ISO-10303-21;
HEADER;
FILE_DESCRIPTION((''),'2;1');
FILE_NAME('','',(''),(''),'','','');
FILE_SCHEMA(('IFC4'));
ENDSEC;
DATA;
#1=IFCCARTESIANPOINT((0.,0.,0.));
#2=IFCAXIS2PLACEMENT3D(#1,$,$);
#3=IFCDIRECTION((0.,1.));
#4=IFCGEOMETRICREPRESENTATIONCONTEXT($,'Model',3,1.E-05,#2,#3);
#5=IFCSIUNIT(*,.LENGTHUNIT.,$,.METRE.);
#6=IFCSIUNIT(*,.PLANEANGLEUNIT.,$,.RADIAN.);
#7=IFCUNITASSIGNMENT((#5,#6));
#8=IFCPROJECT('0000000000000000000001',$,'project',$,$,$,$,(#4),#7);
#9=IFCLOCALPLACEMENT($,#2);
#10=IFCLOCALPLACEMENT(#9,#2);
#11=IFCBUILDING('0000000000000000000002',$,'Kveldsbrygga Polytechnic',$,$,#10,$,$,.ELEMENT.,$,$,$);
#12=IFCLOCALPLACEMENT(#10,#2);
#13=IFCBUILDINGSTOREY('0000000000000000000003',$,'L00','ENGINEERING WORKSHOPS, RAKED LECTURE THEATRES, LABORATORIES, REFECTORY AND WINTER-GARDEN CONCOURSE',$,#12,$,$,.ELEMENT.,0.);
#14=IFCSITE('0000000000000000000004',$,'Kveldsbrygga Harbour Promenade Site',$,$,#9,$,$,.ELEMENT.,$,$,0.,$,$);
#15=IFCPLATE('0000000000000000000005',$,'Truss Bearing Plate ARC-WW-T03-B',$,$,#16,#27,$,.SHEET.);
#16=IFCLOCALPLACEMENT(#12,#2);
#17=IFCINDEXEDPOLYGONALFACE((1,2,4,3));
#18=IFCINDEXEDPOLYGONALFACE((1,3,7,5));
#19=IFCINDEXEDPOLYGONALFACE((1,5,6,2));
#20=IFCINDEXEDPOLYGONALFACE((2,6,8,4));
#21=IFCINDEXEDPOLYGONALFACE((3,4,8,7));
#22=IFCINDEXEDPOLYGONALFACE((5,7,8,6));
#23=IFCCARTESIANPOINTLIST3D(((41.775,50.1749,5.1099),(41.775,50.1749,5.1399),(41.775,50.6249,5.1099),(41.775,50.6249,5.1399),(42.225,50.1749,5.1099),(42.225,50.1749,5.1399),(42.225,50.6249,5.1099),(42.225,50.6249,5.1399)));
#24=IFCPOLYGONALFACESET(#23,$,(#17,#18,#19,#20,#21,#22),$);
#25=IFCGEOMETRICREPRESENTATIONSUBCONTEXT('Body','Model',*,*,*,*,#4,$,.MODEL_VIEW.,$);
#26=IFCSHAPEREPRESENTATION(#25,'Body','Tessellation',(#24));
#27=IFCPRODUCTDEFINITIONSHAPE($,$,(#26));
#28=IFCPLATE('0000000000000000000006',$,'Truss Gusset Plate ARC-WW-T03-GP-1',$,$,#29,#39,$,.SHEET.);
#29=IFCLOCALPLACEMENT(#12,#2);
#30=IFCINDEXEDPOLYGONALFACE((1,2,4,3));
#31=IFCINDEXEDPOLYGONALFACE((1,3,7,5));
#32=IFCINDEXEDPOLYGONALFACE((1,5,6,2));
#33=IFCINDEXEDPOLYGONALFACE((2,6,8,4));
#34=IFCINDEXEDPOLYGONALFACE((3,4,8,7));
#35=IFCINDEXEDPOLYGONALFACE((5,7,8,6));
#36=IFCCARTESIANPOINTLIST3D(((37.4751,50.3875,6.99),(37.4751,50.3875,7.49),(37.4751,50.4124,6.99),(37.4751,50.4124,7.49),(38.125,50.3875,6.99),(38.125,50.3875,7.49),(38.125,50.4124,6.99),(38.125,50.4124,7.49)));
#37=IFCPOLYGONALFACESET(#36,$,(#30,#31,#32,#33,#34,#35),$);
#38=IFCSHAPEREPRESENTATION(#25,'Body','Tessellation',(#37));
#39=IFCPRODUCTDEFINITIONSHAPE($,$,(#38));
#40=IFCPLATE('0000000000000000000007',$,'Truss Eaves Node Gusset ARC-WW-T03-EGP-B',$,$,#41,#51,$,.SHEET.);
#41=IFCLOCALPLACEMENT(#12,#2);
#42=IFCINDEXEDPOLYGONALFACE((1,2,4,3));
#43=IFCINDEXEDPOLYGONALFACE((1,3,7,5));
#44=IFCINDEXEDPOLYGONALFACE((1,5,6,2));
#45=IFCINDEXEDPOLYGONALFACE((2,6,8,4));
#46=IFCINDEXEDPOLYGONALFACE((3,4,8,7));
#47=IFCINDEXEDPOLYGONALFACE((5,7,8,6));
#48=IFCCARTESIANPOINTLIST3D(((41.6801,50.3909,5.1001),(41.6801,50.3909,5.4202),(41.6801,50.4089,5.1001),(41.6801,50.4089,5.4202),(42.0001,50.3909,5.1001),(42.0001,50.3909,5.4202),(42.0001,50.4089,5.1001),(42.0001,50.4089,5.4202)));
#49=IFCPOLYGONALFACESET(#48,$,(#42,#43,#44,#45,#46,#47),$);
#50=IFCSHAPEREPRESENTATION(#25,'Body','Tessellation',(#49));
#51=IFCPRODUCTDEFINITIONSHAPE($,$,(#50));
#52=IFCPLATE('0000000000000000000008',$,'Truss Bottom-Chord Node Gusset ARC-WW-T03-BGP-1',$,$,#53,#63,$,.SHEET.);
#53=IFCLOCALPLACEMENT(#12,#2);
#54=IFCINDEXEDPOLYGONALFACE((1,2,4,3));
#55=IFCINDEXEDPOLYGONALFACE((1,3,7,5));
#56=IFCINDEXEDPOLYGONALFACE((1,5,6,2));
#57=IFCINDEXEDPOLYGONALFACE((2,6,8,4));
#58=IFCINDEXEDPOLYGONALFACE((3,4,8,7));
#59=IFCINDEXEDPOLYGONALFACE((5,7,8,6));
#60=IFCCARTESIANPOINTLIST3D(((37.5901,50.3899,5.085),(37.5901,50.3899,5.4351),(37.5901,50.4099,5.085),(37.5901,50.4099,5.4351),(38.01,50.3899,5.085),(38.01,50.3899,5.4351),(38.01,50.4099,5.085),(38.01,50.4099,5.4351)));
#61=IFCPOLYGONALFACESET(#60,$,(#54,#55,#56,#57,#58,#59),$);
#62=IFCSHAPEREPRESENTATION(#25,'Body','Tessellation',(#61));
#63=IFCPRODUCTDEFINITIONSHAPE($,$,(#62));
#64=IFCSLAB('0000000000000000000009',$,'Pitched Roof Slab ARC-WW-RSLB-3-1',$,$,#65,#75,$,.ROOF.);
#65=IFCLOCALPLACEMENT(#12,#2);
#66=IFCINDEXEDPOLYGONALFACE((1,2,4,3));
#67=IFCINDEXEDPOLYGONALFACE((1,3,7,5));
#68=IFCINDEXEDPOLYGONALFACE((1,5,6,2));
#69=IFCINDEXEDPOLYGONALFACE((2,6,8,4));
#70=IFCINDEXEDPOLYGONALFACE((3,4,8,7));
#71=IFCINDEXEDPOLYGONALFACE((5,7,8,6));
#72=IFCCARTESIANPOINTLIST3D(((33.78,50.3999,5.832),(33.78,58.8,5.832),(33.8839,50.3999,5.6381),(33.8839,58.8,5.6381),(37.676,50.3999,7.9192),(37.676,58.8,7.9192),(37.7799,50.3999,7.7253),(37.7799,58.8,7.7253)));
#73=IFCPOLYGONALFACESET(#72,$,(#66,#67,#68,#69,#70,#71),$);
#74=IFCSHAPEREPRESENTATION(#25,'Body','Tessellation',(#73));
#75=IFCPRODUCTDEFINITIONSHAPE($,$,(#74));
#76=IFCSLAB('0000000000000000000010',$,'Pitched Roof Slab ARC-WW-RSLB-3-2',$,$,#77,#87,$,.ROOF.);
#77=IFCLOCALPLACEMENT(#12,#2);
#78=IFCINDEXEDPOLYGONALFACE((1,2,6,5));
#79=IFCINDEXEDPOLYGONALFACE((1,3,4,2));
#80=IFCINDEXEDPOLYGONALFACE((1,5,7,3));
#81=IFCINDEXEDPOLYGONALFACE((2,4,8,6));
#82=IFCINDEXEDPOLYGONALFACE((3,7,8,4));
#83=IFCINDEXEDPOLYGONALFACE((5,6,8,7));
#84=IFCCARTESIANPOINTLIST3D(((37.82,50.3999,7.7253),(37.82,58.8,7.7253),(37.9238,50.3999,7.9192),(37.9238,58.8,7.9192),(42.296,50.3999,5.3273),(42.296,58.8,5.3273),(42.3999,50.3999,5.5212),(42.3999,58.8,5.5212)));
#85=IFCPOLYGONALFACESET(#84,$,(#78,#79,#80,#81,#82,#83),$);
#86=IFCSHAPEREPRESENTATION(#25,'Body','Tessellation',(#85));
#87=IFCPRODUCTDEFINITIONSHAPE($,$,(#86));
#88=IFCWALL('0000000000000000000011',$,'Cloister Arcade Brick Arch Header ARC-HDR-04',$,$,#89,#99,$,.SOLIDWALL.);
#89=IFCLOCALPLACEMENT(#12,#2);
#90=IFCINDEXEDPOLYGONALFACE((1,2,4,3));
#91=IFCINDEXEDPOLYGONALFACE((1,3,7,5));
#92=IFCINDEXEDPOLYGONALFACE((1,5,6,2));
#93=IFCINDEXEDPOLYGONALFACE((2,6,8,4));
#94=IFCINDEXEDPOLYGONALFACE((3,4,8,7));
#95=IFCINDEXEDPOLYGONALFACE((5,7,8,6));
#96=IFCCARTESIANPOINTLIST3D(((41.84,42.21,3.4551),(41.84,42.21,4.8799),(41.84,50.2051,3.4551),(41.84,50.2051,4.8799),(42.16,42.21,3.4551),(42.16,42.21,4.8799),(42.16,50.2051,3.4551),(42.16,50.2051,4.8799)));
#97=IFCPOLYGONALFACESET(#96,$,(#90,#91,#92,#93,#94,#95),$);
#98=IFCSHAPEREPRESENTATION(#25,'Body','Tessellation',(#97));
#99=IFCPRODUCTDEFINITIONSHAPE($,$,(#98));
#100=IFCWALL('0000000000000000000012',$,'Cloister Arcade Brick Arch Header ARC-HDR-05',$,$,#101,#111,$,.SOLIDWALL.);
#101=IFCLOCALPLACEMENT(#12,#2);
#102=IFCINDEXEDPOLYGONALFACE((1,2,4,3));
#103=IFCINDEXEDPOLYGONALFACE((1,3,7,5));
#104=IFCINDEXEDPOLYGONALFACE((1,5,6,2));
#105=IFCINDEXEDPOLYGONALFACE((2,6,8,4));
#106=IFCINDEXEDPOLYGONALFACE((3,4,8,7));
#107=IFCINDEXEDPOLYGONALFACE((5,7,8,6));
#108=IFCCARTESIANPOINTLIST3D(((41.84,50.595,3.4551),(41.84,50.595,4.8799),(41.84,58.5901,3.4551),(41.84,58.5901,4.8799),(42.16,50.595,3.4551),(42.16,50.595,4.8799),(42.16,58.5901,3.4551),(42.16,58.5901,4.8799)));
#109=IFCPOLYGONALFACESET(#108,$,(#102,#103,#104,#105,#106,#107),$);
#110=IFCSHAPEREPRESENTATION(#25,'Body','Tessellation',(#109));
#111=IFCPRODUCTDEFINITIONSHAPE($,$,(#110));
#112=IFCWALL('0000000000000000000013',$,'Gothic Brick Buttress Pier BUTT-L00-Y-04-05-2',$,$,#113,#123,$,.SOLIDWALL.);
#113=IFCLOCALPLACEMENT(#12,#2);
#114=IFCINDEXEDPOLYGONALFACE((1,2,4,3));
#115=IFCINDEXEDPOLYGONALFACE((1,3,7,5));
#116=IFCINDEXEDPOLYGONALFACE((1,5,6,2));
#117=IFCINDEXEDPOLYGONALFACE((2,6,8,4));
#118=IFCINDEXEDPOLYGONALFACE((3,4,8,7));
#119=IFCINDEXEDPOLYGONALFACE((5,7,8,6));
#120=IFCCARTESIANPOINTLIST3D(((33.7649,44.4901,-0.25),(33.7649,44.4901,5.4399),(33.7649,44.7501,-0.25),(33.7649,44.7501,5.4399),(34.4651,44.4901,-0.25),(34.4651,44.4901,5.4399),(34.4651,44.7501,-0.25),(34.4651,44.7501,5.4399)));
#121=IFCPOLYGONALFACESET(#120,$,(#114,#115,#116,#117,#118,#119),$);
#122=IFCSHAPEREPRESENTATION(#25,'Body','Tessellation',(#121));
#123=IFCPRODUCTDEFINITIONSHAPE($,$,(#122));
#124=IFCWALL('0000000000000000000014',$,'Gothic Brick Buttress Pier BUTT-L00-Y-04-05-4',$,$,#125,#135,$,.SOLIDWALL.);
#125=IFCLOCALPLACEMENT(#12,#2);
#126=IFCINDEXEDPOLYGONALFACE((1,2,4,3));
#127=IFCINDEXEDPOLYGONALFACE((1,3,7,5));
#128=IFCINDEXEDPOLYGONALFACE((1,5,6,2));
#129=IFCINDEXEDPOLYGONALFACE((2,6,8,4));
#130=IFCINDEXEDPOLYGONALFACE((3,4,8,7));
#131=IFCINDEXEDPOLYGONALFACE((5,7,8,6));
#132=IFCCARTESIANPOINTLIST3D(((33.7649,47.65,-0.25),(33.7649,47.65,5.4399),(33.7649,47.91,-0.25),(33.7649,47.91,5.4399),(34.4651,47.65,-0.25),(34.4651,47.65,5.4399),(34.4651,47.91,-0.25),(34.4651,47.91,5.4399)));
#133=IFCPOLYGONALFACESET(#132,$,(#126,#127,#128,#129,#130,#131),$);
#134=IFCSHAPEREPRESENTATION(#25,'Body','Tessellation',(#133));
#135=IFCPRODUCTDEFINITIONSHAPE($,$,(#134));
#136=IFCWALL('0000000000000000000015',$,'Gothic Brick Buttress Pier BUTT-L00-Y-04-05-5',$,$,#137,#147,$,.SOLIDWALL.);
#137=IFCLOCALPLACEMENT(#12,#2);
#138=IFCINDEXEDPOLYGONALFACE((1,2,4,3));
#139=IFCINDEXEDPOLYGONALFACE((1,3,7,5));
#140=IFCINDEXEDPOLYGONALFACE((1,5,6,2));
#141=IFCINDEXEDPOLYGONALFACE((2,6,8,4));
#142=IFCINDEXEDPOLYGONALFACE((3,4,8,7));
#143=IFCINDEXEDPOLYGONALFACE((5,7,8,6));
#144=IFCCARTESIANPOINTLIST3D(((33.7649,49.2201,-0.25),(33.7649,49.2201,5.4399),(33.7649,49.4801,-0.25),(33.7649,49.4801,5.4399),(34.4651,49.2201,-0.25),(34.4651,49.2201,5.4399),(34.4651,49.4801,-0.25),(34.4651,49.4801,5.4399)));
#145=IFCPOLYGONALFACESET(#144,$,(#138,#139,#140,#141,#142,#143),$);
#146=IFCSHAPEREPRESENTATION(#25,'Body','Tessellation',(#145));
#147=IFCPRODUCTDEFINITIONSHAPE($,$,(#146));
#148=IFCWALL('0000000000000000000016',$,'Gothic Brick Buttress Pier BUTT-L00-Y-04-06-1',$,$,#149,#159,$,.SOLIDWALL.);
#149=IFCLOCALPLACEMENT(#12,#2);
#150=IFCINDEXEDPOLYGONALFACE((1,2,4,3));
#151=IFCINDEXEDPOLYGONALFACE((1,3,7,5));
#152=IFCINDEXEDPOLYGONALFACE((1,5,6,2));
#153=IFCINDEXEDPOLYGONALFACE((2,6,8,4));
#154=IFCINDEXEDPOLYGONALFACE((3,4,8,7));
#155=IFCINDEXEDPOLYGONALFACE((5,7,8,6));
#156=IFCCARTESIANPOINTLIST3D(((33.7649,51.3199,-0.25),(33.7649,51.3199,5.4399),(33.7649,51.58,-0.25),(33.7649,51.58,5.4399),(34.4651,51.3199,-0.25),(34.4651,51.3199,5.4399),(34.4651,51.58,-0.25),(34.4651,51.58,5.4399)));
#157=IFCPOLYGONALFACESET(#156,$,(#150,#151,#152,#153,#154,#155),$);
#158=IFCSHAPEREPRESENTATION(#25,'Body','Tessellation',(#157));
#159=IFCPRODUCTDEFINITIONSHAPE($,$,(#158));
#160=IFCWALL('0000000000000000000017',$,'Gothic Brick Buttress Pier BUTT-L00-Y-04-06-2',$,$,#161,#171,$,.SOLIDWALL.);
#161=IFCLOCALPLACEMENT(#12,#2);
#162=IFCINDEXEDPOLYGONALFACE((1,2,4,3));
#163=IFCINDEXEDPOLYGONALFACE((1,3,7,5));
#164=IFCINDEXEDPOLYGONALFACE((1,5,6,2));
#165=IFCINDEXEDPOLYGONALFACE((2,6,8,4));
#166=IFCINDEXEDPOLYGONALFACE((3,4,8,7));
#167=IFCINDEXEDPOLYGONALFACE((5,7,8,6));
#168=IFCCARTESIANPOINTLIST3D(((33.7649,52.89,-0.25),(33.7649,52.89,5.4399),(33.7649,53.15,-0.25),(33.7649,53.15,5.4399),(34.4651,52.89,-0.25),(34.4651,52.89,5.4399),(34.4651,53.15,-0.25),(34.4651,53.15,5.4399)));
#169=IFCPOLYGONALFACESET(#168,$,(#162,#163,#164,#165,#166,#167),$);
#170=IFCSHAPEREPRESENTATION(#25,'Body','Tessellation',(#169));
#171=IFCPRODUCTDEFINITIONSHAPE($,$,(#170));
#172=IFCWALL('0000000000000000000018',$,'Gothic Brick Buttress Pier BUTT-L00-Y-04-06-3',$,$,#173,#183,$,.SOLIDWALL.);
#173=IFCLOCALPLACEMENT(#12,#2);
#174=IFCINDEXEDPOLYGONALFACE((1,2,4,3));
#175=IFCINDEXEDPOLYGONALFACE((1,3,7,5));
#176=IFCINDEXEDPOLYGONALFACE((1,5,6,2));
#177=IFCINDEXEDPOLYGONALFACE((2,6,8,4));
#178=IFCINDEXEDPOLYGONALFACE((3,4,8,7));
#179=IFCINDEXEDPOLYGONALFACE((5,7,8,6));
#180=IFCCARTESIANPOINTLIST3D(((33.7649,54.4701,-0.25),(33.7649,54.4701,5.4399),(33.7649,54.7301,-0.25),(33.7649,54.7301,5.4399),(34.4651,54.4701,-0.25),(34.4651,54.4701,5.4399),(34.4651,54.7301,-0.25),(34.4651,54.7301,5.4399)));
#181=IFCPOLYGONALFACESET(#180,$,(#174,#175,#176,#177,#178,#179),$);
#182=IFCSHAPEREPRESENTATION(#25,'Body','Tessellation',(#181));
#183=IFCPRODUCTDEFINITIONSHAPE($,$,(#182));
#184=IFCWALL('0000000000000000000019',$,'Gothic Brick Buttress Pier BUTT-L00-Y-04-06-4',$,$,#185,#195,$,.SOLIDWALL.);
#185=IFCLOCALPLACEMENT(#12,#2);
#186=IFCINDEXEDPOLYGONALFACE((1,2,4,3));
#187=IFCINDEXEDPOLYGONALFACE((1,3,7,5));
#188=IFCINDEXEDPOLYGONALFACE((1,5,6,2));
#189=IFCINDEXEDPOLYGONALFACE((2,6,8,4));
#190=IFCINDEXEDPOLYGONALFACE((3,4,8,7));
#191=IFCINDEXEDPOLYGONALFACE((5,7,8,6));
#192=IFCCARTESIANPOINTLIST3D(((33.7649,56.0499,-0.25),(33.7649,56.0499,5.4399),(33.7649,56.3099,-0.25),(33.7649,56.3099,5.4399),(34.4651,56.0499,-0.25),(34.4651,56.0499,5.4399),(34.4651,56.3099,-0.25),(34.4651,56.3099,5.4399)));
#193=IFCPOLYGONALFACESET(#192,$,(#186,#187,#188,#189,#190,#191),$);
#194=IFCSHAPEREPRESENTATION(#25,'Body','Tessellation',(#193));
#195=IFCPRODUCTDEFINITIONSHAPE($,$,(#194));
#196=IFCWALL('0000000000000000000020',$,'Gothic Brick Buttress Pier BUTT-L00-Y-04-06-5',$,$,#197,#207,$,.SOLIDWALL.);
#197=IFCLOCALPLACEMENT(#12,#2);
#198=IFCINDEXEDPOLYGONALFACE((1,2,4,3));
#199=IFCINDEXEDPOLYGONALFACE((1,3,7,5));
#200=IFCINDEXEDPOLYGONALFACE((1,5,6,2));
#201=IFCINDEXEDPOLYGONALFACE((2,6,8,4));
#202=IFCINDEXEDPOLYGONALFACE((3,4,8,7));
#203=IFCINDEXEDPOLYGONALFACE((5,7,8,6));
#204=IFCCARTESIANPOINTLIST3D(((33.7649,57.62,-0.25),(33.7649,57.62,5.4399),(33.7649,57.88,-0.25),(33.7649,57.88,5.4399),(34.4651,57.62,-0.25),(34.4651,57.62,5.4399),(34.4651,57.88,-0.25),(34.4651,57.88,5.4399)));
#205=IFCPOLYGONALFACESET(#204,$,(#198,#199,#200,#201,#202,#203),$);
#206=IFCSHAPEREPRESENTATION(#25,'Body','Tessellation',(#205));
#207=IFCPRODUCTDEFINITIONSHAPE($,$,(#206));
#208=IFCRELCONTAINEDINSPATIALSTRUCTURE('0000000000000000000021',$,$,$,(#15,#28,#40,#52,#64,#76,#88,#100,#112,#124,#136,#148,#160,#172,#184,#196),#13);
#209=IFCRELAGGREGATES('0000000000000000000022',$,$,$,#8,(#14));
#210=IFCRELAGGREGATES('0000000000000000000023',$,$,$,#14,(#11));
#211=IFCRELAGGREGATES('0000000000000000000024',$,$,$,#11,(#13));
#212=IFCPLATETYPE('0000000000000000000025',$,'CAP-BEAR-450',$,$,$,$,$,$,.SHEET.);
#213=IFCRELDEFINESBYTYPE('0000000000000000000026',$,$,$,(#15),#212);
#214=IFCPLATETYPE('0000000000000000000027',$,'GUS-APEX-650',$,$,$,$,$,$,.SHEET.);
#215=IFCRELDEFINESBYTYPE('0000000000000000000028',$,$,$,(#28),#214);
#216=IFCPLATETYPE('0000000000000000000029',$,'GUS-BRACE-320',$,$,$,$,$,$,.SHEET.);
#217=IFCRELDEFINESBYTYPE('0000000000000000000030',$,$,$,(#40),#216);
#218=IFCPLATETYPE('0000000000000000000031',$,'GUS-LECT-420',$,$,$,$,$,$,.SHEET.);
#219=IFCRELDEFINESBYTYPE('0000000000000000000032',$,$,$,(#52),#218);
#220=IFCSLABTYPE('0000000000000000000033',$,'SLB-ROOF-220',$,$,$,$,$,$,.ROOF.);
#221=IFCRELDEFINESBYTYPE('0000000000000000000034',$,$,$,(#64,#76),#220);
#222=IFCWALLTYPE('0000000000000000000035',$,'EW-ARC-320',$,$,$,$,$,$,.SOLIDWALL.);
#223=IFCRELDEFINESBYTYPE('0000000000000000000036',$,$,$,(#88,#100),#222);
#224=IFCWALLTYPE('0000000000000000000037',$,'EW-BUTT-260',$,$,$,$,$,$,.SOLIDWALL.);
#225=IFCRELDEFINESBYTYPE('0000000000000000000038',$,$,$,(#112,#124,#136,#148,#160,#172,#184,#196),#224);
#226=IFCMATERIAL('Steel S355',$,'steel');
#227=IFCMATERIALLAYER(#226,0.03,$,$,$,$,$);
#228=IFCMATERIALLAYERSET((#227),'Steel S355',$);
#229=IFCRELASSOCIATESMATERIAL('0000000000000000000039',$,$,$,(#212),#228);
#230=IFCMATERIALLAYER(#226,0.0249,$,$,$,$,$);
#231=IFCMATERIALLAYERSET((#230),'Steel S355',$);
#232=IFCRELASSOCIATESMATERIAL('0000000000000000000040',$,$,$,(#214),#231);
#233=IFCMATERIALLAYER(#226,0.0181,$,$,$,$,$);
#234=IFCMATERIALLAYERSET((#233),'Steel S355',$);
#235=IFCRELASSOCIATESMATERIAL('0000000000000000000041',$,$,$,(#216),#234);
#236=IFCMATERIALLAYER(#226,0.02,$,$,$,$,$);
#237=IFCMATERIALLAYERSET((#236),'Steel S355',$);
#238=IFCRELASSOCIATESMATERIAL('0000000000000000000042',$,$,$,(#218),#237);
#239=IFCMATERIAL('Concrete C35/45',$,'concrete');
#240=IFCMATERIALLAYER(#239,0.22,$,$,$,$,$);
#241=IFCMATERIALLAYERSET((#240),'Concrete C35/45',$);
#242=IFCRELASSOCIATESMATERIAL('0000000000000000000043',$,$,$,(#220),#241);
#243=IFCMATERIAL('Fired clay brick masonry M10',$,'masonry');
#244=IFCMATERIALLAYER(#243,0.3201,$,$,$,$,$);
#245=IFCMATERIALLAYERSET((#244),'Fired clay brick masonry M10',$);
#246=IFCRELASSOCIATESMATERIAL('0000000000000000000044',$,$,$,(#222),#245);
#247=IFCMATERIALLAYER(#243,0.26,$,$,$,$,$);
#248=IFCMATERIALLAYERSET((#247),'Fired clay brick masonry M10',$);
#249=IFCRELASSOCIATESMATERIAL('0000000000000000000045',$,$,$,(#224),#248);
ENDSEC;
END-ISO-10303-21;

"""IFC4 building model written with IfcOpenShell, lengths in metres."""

from ifc_helpers import new_model, si_unit, direction, frame, frame_2d, origin, origin_2d, place, context, subcontext, project, spatial, polyline, rectangle, outline, extrude, material, layer, layer_set, type_object, element, save


model = new_model("IFC4")

# Units and contexts
model_context = context("Model", 3, precision=1e-05, world=origin(), true_north=direction((0.0, 1.0)))
body_context = subcontext(model_context, "Body", "Model", "MODEL_VIEW")
ifc_project = project(units=[si_unit("LENGTHUNIT", "METRE"), si_unit("PLANEANGLEUNIT", "RADIAN")], contexts=[model_context])

# Site, building, storey
site_placement = place(None, origin())
site = spatial("IfcSite", under=ifc_project, at=site_placement, Name="Kveldsbrygga Harbour Promenade Site", CompositionType="ELEMENT", RefElevation=0.0)
building_placement = place(site_placement, origin())
building = spatial("IfcBuilding", under=site, at=building_placement, Name="Kveldsbrygga Polytechnic", CompositionType="ELEMENT")
storey_placement = place(building_placement, origin())
storey = spatial("IfcBuildingStorey", under=building, at=storey_placement, Name="L00", Description="ENGINEERING WORKSHOPS, RAKED LECTURE THEATRES, LABORATORIES, REFECTORY AND WINTER-GARDEN CONCOURSE", CompositionType="ELEMENT", Elevation=0.0)

# Shared definitions
ifc_material_1 = material(Name="Concrete C35/45", Category="concrete")

# Shared definitions
ifc_material_2 = material(Name="Steel S355", Category="steel")

# Plates
ifc_layer_1 = layer(ifc_material_2, 0.03)
ifc_layer_set_1 = layer_set([ifc_layer_1], Name="Steel S355")
plate_type_1 = type_object("IfcPlateType", Name="CAP-BEAR-450", PredefinedType="SHEET", material=ifc_layer_set_1)
plate_1_placement = place(storey_placement, frame((42.0, 50.3999, 5.1099), z_axis=(0.0, 0.0, 1.0), x_axis=(1.0, 0.0, 0.0)))
element("IfcPlate", 1, at=plate_1_placement, inside=storey, type_object=plate_type_1, Name="Truss Bearing Plate ARC-WW-T03-B", PredefinedType="SHEET", context=body_context, shape_type="SweptSolid", body=[
    extrude(rectangle(XDim=0.45, YDim=0.45, at=origin_2d()), origin(), (0.0, 0.0, 1.0), 0.03),
])
ifc_layer_2 = layer(ifc_material_2, 0.0249)
ifc_layer_set_2 = layer_set([ifc_layer_2], Name="Steel S355")
plate_type_2 = type_object("IfcPlateType", Name="GUS-APEX-650", PredefinedType="SHEET", material=ifc_layer_set_2)
plate_2_placement = place(storey_placement, frame((37.8, 50.3999, 6.99), z_axis=(0.0, 0.0, 1.0), x_axis=(1.0, 0.0, 0.0)))
element("IfcPlate", 2, at=plate_2_placement, inside=storey, type_object=plate_type_2, Name="Truss Gusset Plate ARC-WW-T03-GP-1", PredefinedType="SHEET", context=body_context, shape_type="SweptSolid", body=[
    extrude(rectangle(XDim=0.6499, YDim=0.0249, at=origin_2d()), origin(), (0.0, 0.0, 1.0), 0.5),
])
ifc_layer_3 = layer(ifc_material_2, 0.0181)
ifc_layer_set_3 = layer_set([ifc_layer_3], Name="Steel S355")
plate_type_3 = type_object("IfcPlateType", Name="GUS-BRACE-320", PredefinedType="SHEET", material=ifc_layer_set_3)
plate_3_placement = place(storey_placement, frame((41.8401, 50.3999, 5.1001), z_axis=(0.0, 0.0, 1.0), x_axis=(1.0, 0.0, 0.0)))
element("IfcPlate", 3, at=plate_3_placement, inside=storey, type_object=plate_type_3, Name="Truss Eaves Node Gusset ARC-WW-T03-EGP-B", PredefinedType="SHEET", context=body_context, shape_type="SweptSolid", body=[
    extrude(rectangle(XDim=0.3201, YDim=0.0181, at=origin_2d()), origin(), (0.0, 0.0, 1.0), 0.3201),
])
ifc_layer_4 = layer(ifc_material_2, 0.02)
ifc_layer_set_4 = layer_set([ifc_layer_4], Name="Steel S355")
plate_type_4 = type_object("IfcPlateType", Name="GUS-LECT-420", PredefinedType="SHEET", material=ifc_layer_set_4)
plate_4_placement = place(storey_placement, frame((37.8, 50.3999, 5.085), z_axis=(0.0, 0.0, 1.0), x_axis=(1.0, 0.0, 0.0)))
element("IfcPlate", 4, at=plate_4_placement, inside=storey, type_object=plate_type_4, Name="Truss Bottom-Chord Node Gusset ARC-WW-T03-BGP-1", PredefinedType="SHEET", context=body_context, shape_type="SweptSolid", body=[
    extrude(rectangle(XDim=0.4199, YDim=0.02, at=origin_2d()), origin(), (0.0, 0.0, 1.0), 0.3501),
])

# Slabs
ifc_layer_5 = layer(ifc_material_1, 0.22)
ifc_layer_set_5 = layer_set([ifc_layer_5], Name="Concrete C35/45")
slab_type = type_object("IfcSlabType", Name="SLB-ROOF-220", PredefinedType="ROOF", material=ifc_layer_set_5)
slab_1_placement = place(storey_placement, frame((33.78, 50.3999, 5.832), z_axis=(-0.472224, 0.0, 0.881478), x_axis=(0.881478, 0.0, 0.472224)))
element("IfcSlab", 5, at=slab_1_placement, inside=storey, type_object=slab_type, Name="Pitched Roof Slab ARC-WW-RSLB-3-1", PredefinedType="ROOF", context=body_context, shape_type="SweptSolid", body=[
    extrude(outline(polyline([(0.0, 0.0), (4.4198, 0.0), (4.4198, 8.4001), (0.0, 8.4001), (0.0, 0.0)])), origin(), (0.0, 0.0, -1.0), 0.22),
])
slab_2_placement = place(storey_placement, frame((37.9238, 50.3999, 7.9192), z_axis=(0.472229, 0.0, 0.881476), x_axis=(0.881476, 0.0, -0.472229)))
element("IfcSlab", 6, at=slab_2_placement, inside=storey, type_object=slab_type, Name="Pitched Roof Slab ARC-WW-RSLB-3-2", PredefinedType="ROOF", context=body_context, shape_type="SweptSolid", body=[
    extrude(outline(polyline([(0.0, 0.0), (5.0779, 0.0), (5.0779, 8.4001), (0.0, 8.4001), (0.0, 0.0)])), origin(), (0.0, 0.0, -1.0), 0.22),
])

# Walls
ifc_material_3 = material(Name="Fired clay brick masonry M10", Category="masonry")
ifc_layer_6 = layer(ifc_material_3, 0.3201)
ifc_layer_set_6 = layer_set([ifc_layer_6], Name="Fired clay brick masonry M10")
wall_type_1 = type_object("IfcWallType", Name="EW-ARC-320", PredefinedType="SOLIDWALL", material=ifc_layer_set_6)
for number, where, z_axis, x_axis, name in (
    (7, (42.0, 42.21, 3.4551), (0.0, 0.0, 1.0), (0.0, 1.0, 0.0), "Cloister Arcade Brick Arch Header ARC-HDR-04"),
    (8, (42.0, 50.595, 3.4551), (0.0, 0.0, 1.0), (0.0, 1.0, 0.0), "Cloister Arcade Brick Arch Header ARC-HDR-05"),
):
    element("IfcWall", number, at=place(storey_placement, frame(where, z_axis=z_axis, x_axis=x_axis)), inside=storey, type_object=wall_type_1, Name=name, PredefinedType="SOLIDWALL", context=body_context, shape_type="SweptSolid", body=[
        extrude(rectangle(XDim=7.9951, YDim=0.3201, at=frame_2d((3.9976, 0.0))), origin(), (0.0, 0.0, 1.0), 1.4248),
    ])
ifc_layer_7 = layer(ifc_material_3, 0.26)
ifc_layer_set_7 = layer_set([ifc_layer_7], Name="Fired clay brick masonry M10")
wall_type_2 = type_object("IfcWallType", Name="EW-BUTT-260", PredefinedType="SOLIDWALL", material=ifc_layer_set_7)
for number, where, z_axis, x_axis, name in (
    (9, (33.7649, 44.6201, -0.25), (0.0, 0.0, 1.0), (1.0, 0.0, 0.0), "Gothic Brick Buttress Pier BUTT-L00-Y-04-05-2"),
    (10, (33.7649, 47.78, -0.25), (0.0, 0.0, 1.0), (1.0, 0.0, 0.0), "Gothic Brick Buttress Pier BUTT-L00-Y-04-05-4"),
    (11, (33.7649, 49.3501, -0.25), (0.0, 0.0, 1.0), (1.0, 0.0, 0.0), "Gothic Brick Buttress Pier BUTT-L00-Y-04-05-5"),
    (12, (33.7649, 51.45, -0.25), (0.0, 0.0, 1.0), (1.0, 0.0, 0.0), "Gothic Brick Buttress Pier BUTT-L00-Y-04-06-1"),
    (13, (33.7649, 53.02, -0.25), (0.0, 0.0, 1.0), (1.0, 0.0, 0.0), "Gothic Brick Buttress Pier BUTT-L00-Y-04-06-2"),
    (14, (33.7649, 54.6001, -0.25), (0.0, 0.0, 1.0), (1.0, 0.0, 0.0), "Gothic Brick Buttress Pier BUTT-L00-Y-04-06-3"),
    (15, (33.7649, 56.1799, -0.25), (0.0, 0.0, 1.0), (1.0, 0.0, 0.0), "Gothic Brick Buttress Pier BUTT-L00-Y-04-06-4"),
    (16, (33.7649, 57.75, -0.25), (0.0, 0.0, 1.0), (1.0, 0.0, 0.0), "Gothic Brick Buttress Pier BUTT-L00-Y-04-06-5"),
):
    element("IfcWall", number, at=place(storey_placement, frame(where, z_axis=z_axis, x_axis=x_axis)), inside=storey, type_object=wall_type_2, Name=name, PredefinedType="SOLIDWALL", context=body_context, shape_type="SweptSolid", body=[
        extrude(rectangle(XDim=0.7002, YDim=0.26, at=frame_2d((0.3501, 0.0))), origin(), (0.0, 0.0, 1.0), 5.6899),
    ])

save(model, "model.ifc")
